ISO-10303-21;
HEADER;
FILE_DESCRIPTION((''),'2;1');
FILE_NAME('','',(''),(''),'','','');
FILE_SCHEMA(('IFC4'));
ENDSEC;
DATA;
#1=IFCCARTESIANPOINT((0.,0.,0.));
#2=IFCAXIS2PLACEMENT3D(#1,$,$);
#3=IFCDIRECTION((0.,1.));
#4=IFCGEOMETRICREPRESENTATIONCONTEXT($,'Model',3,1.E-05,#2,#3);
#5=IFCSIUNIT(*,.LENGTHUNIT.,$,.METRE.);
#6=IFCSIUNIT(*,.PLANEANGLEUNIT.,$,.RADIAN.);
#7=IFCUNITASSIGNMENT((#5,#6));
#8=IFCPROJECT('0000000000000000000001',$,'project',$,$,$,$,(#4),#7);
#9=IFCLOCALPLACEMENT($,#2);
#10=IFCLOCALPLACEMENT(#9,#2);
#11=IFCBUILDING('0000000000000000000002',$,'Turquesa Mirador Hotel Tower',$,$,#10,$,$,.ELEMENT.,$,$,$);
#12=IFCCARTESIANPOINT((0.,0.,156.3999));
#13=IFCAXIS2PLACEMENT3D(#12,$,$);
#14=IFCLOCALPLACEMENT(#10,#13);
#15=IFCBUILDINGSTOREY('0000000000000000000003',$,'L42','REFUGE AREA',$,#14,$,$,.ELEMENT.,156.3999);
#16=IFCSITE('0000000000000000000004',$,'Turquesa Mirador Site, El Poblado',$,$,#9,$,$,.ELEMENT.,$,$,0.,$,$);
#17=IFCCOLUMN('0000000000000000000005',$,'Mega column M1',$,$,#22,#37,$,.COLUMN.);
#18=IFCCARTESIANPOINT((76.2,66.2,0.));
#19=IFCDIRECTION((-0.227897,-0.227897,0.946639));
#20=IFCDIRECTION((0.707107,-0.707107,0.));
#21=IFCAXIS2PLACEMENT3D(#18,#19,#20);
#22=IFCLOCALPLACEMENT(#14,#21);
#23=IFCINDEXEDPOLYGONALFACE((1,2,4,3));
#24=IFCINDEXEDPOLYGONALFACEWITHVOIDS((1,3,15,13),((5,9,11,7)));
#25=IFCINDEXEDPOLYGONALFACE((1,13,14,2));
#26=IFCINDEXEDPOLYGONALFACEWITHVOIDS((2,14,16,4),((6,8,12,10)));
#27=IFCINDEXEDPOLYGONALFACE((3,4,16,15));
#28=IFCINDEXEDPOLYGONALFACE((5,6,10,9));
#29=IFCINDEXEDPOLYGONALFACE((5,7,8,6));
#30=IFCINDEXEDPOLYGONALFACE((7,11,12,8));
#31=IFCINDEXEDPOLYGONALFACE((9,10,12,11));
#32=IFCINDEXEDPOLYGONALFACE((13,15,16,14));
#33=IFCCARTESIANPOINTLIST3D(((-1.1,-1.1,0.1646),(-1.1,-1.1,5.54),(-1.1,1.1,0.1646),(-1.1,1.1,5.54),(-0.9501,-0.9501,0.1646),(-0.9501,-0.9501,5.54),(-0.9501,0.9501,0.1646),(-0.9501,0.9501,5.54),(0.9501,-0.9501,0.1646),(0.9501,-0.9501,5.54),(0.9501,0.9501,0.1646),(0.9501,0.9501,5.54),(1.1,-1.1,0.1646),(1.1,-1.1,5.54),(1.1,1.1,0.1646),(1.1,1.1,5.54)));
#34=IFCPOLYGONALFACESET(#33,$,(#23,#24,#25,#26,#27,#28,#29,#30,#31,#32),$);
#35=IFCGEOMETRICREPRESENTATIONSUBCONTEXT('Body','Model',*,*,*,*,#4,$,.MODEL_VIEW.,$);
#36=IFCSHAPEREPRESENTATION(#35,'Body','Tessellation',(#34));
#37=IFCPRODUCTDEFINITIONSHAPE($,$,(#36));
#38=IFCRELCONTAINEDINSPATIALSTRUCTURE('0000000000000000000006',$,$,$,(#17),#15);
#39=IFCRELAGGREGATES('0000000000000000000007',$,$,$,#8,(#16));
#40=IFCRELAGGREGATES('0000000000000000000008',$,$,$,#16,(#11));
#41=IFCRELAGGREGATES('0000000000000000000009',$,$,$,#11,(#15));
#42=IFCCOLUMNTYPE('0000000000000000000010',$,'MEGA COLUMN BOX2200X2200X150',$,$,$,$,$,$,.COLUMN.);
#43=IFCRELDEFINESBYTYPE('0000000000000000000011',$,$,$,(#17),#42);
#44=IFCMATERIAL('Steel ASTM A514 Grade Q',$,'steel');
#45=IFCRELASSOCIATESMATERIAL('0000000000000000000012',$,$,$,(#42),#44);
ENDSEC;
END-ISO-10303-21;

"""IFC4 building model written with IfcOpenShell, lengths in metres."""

from ifc_helpers import new_model, si_unit, direction, frame, origin, origin_2d, place, context, subcontext, project, spatial, hollow_rectangle, extrude, clip, halfspace, material, material_profile, profile_set, type_object, element, save


model = new_model("IFC4")

# Units and contexts
model_context = context("Model", 3, precision=1e-05, world=origin(), true_north=direction((0.0, 1.0)))
body_context = subcontext(model_context, "Body", "Model", "MODEL_VIEW")
ifc_project = project(units=[si_unit("LENGTHUNIT", "METRE"), si_unit("PLANEANGLEUNIT", "RADIAN")], contexts=[model_context])

# Site, building, storey
site_placement = place(None, origin())
site = spatial("IfcSite", under=ifc_project, at=site_placement, Name="Turquesa Mirador Site, El Poblado", CompositionType="ELEMENT", RefElevation=0.0)
building_placement = place(site_placement, origin())
building = spatial("IfcBuilding", under=site, at=building_placement, Name="Turquesa Mirador Hotel Tower", CompositionType="ELEMENT")
storey_placement = place(building_placement, frame((0.0, 0.0, 156.3999)))
storey = spatial("IfcBuildingStorey", under=building, at=storey_placement, Name="L42", Description="REFUGE AREA", CompositionType="ELEMENT", Elevation=156.3999)

# Column
ifc_material_1 = material(Name="Steel ASTM A514 Grade Q", Category="steel")
ifc_material_profile_1 = material_profile(ifc_material_1, hollow_rectangle(XDim=2.2, YDim=2.2, WallThickness=0.1499, at=origin_2d()), Name="BOX2200X2200X150")
ifc_profile_set_1 = profile_set([ifc_material_profile_1], Name="Steel ASTM A514 Grade Q")
column_type = type_object("IfcColumnType", Name="MEGA COLUMN BOX2200X2200X150", PredefinedType="COLUMN", material=ifc_profile_set_1)
column_placement = place(storey_placement, frame((76.2, 66.2, 0.0), z_axis=(-0.227897, -0.227897, 0.946639), x_axis=(0.707107, -0.707107, 0.0)))
element("IfcColumn", 1, at=column_placement, inside=storey, type_object=column_type, Name="Mega column M1", PredefinedType="COLUMN", context=body_context, shape_type="Clipping", body=[
    clip(clip(extrude(hollow_rectangle(XDim=2.2, YDim=2.2, WallThickness=0.1499, at=origin_2d()), origin(), (0.0, 0.0, 1.0), 5.7046), halfspace(frame((0.0, 0.0, 0.1646), z_axis=(0.0, 0.0, -1.0), x_axis=(1.0, 0.0, 0.0)), False)), halfspace(frame((0.0, 0.0, 5.54), z_axis=(0.0, 0.0, 1.0), x_axis=(1.0, 0.0, 0.0)), False)),
])

save(model, "model.ifc")
